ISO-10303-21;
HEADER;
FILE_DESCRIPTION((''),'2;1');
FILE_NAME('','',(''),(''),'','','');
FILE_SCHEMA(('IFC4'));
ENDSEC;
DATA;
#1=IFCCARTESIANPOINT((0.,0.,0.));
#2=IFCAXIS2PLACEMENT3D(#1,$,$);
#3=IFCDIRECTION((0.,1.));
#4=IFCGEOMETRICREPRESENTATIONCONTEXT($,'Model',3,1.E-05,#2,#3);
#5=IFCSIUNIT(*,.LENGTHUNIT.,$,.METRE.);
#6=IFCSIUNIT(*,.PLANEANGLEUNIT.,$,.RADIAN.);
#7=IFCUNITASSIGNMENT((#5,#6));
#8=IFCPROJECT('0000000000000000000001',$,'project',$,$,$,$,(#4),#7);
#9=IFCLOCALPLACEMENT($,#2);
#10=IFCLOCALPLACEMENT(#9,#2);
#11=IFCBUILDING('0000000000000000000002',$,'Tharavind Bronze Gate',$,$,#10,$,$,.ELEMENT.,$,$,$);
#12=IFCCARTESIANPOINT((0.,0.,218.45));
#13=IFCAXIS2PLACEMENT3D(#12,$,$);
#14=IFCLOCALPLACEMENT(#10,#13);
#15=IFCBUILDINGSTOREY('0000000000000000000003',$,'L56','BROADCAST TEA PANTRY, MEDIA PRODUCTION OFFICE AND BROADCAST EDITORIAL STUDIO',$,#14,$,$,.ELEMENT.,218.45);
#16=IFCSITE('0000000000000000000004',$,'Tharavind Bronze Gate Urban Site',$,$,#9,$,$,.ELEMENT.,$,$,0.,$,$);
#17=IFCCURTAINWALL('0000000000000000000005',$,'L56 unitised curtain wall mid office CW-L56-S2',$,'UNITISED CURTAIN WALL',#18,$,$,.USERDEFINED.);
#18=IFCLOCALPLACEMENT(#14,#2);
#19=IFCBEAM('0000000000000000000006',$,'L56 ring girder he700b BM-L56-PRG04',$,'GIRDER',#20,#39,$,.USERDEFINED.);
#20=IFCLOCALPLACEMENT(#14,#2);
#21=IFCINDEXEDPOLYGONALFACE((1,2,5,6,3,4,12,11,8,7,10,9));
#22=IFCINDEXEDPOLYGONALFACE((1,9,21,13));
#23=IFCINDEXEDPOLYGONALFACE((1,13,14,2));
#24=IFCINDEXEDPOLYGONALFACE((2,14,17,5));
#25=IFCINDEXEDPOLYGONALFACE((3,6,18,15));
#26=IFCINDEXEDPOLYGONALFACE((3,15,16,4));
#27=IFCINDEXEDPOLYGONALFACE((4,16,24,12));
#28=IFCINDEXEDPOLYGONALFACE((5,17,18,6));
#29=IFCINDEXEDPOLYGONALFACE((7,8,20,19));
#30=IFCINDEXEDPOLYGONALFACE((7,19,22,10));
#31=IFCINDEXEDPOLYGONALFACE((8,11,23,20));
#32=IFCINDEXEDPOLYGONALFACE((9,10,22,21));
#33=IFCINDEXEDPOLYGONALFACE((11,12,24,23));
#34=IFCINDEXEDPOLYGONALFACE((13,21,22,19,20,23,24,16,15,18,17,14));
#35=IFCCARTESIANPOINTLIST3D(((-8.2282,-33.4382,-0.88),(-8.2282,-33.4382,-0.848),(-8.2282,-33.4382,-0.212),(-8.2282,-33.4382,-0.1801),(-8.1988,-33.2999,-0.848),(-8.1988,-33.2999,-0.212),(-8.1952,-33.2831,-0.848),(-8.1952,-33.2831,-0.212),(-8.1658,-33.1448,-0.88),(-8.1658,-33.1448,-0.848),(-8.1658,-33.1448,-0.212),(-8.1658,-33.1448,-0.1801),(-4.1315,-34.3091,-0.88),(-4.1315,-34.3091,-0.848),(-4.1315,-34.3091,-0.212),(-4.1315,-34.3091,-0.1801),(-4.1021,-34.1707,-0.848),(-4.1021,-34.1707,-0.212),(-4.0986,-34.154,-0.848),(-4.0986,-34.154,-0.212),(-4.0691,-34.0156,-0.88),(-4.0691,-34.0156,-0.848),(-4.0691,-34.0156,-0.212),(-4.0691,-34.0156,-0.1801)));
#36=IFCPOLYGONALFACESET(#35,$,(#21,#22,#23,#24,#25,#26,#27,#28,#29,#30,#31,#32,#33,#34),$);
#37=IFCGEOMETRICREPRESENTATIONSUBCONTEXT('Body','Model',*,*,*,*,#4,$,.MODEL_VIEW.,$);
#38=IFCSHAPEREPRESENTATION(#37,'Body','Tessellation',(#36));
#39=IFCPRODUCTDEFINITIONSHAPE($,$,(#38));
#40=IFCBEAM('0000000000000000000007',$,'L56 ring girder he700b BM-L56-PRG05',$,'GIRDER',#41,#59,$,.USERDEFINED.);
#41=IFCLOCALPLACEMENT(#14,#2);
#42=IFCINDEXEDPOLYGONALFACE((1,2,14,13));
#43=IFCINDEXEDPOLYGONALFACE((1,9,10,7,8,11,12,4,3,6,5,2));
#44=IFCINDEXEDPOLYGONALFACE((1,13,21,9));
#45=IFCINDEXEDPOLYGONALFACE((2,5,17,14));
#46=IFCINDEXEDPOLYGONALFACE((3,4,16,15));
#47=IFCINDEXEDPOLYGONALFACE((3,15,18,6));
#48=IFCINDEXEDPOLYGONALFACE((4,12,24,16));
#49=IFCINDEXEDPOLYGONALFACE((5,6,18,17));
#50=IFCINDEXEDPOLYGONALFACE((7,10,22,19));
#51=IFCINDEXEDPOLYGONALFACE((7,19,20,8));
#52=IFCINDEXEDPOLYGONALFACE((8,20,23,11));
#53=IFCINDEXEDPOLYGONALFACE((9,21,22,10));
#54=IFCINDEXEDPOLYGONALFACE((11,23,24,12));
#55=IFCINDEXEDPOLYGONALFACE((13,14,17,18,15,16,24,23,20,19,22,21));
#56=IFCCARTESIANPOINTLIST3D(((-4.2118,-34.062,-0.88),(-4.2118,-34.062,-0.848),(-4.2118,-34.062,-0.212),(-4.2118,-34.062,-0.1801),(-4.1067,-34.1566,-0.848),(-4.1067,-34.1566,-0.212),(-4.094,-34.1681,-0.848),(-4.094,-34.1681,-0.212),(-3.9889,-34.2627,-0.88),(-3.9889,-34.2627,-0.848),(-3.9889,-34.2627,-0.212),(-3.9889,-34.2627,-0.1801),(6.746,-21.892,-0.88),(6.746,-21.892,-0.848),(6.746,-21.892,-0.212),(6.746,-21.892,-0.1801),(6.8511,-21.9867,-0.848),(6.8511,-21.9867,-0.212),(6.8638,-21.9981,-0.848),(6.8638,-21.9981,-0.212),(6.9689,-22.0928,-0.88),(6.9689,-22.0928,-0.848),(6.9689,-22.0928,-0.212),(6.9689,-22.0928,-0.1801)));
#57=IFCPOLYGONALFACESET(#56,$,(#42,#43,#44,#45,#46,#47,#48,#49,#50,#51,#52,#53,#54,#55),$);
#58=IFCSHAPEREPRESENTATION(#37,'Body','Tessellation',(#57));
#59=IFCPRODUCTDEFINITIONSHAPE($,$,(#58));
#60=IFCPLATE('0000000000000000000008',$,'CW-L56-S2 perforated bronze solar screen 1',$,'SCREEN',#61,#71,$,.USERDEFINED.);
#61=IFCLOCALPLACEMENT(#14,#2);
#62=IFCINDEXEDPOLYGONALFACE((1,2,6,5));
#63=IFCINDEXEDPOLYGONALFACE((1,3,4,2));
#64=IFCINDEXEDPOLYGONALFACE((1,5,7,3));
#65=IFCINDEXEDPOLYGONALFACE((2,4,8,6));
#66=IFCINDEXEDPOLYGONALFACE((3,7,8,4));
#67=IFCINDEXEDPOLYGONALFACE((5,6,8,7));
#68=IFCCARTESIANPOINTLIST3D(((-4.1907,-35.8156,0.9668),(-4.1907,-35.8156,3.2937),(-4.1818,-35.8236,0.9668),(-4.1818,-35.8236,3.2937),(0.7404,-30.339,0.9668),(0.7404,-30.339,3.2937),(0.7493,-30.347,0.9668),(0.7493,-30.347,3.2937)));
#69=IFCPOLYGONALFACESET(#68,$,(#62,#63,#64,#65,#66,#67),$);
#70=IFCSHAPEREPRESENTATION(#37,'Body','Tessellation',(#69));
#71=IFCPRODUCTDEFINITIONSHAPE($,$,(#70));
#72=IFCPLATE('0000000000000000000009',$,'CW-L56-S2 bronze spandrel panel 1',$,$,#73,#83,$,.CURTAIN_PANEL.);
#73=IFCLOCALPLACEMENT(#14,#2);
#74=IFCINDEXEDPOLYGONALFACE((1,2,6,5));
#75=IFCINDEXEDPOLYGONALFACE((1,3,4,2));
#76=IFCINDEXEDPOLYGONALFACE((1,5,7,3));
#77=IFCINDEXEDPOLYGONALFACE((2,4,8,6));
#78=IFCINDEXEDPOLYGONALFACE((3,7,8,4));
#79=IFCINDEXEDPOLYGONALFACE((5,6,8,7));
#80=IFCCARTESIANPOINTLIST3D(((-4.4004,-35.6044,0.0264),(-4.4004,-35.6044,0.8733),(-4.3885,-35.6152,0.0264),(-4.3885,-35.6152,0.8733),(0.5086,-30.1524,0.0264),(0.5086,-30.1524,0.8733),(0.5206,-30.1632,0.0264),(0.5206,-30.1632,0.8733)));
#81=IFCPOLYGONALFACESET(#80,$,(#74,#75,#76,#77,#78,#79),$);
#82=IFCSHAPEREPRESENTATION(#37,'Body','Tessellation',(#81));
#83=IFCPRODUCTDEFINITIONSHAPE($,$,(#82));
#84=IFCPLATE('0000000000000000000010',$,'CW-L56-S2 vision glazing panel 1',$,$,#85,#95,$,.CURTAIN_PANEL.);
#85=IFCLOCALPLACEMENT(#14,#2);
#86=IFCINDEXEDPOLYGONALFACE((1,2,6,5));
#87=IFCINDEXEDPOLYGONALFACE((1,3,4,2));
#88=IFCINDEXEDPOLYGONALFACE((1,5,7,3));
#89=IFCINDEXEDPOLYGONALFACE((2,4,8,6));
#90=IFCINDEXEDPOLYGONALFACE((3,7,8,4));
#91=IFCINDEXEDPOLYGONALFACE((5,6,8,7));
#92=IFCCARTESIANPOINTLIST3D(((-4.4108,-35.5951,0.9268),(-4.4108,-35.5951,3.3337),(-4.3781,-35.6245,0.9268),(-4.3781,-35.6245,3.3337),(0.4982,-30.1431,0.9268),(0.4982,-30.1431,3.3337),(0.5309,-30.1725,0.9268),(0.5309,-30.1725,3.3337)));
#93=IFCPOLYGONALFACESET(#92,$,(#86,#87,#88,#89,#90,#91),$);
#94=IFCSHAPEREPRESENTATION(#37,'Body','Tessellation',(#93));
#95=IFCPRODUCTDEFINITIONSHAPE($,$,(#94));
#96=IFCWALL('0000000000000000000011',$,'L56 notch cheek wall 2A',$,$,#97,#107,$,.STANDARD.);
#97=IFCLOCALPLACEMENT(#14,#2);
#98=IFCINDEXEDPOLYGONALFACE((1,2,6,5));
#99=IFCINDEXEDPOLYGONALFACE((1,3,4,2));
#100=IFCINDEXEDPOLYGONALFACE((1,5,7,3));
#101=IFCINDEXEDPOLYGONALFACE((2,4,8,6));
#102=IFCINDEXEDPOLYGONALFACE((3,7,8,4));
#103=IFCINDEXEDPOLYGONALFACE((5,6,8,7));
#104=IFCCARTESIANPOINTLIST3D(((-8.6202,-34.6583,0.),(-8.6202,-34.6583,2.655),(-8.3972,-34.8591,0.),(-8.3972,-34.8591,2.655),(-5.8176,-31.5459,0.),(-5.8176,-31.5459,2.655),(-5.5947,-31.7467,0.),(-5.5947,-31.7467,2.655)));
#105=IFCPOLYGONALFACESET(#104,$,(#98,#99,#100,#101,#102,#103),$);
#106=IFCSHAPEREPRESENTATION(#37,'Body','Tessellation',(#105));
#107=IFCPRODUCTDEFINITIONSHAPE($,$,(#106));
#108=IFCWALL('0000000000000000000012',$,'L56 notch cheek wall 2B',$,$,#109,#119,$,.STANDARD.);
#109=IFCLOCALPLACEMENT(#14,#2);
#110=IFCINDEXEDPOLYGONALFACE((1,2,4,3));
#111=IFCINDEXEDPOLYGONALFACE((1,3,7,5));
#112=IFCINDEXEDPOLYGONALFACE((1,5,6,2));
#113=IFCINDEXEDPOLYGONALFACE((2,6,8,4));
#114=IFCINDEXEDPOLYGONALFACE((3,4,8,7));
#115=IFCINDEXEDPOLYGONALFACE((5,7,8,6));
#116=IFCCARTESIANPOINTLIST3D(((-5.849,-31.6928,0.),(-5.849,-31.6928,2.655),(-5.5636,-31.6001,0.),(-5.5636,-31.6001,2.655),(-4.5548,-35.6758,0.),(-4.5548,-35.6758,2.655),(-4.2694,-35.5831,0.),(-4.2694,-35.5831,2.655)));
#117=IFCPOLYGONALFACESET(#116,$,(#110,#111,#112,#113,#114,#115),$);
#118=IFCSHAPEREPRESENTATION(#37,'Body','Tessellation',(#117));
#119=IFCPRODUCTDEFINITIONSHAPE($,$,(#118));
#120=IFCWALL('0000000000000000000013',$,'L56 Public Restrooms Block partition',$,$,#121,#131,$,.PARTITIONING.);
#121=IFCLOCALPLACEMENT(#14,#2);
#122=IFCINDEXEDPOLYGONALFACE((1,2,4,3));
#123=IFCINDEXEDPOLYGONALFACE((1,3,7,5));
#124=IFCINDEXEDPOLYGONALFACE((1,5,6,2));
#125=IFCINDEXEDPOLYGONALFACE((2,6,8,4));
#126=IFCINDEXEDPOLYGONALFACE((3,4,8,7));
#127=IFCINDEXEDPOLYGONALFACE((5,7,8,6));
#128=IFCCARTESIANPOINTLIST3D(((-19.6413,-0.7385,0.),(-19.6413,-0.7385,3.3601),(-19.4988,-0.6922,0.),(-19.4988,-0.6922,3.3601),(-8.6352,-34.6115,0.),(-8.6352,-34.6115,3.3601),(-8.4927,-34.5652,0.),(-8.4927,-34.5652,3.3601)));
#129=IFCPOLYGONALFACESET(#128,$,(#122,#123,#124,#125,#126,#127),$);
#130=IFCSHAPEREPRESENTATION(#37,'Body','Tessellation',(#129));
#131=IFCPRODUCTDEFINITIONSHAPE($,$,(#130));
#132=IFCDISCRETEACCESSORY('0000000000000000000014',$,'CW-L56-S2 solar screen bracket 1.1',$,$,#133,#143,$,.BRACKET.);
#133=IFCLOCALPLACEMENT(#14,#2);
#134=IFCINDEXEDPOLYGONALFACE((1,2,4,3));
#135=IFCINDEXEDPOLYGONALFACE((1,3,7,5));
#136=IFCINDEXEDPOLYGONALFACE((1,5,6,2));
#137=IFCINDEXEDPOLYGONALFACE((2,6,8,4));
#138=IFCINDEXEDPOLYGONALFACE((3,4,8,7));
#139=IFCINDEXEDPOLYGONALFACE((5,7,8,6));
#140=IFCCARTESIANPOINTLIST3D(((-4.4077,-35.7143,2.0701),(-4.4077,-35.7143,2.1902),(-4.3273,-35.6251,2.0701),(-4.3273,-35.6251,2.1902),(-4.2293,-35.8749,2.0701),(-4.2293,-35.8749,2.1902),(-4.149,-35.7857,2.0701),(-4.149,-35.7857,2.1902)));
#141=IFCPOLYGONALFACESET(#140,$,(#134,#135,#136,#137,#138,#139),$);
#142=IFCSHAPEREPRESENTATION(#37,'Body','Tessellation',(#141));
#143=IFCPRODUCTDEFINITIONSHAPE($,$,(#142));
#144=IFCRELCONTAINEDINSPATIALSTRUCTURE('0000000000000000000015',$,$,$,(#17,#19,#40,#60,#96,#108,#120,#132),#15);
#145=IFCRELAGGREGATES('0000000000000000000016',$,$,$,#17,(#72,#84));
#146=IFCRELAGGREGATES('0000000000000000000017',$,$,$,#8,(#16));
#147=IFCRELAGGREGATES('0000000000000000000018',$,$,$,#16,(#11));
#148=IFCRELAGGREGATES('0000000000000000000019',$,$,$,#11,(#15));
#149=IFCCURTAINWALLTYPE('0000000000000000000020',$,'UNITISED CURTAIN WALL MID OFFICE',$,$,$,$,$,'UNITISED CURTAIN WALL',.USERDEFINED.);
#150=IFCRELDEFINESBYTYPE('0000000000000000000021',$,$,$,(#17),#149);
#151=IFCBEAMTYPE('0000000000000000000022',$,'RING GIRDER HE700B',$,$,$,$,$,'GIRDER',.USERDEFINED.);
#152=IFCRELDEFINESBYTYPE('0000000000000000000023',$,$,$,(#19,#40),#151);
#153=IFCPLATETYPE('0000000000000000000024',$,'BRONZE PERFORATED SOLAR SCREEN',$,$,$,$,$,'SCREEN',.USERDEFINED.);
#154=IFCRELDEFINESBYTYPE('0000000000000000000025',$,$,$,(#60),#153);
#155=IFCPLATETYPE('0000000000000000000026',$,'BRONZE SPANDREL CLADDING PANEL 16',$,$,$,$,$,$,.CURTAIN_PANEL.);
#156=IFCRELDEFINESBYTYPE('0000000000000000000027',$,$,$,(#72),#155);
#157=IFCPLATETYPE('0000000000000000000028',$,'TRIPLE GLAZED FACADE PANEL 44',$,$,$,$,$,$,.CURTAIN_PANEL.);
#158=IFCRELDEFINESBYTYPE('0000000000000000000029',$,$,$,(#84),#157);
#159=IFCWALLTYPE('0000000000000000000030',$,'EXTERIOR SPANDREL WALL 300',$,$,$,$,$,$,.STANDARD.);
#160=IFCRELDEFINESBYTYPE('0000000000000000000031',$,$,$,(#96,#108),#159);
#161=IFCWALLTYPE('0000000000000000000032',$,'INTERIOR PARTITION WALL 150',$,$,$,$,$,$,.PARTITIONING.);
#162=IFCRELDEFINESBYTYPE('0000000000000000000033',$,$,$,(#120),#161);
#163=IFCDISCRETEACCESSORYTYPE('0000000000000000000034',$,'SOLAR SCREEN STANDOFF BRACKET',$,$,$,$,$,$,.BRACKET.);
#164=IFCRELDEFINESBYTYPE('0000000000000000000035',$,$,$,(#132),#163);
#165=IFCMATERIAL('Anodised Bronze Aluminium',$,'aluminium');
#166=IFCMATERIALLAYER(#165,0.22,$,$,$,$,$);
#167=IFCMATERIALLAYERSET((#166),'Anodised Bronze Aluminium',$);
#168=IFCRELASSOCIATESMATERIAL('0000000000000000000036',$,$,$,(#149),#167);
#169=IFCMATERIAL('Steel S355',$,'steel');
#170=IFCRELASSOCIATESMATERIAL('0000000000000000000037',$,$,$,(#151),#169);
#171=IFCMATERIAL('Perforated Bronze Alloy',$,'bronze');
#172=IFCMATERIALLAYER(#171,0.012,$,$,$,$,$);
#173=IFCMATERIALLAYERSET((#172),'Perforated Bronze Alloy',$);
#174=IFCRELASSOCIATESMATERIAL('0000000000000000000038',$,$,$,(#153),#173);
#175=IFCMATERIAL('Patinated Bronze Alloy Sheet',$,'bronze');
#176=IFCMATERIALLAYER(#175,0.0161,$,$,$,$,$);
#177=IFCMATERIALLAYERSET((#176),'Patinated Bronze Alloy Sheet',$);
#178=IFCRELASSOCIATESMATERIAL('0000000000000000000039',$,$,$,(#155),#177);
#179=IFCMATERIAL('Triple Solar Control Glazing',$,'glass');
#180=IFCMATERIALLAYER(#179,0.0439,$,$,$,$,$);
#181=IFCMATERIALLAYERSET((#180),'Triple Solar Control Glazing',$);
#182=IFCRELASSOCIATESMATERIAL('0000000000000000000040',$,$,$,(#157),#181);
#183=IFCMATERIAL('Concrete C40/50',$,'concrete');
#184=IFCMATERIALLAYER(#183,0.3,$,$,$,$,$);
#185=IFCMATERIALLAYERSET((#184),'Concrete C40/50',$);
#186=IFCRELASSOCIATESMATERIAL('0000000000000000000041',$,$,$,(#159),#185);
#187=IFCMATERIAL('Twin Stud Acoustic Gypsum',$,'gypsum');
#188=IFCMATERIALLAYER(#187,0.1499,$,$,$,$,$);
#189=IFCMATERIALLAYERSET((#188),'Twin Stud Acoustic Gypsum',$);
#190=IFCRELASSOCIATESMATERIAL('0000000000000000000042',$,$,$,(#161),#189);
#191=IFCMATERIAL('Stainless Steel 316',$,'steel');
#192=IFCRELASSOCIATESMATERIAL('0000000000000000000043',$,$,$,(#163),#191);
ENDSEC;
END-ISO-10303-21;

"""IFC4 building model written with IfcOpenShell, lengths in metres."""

from ifc_helpers import new_model, si_unit, direction, frame, frame_2d, origin, origin_2d, place, context, subcontext, project, spatial, rectangle, i_section, extrude, material, layer, layer_set, material_profile, profile_set, type_object, element, aggregate, save


model = new_model("IFC4")

# Units and contexts
model_context = context("Model", 3, precision=1e-05, world=origin(), true_north=direction((0.0, 1.0)))
body_context = subcontext(model_context, "Body", "Model", "MODEL_VIEW")
ifc_project = project(units=[si_unit("LENGTHUNIT", "METRE"), si_unit("PLANEANGLEUNIT", "RADIAN")], contexts=[model_context])

# Site, building, storey
site_placement = place(None, origin())
site = spatial("IfcSite", under=ifc_project, at=site_placement, Name="Tharavind Bronze Gate Urban Site", CompositionType="ELEMENT", RefElevation=0.0)
building_placement = place(site_placement, origin())
building = spatial("IfcBuilding", under=site, at=building_placement, Name="Tharavind Bronze Gate", CompositionType="ELEMENT")
storey_placement = place(building_placement, frame((0.0, 0.0, 218.45)))
storey = spatial("IfcBuildingStorey", under=building, at=storey_placement, Name="L56", Description="BROADCAST TEA PANTRY, MEDIA PRODUCTION OFFICE AND BROADCAST EDITORIAL STUDIO", CompositionType="ELEMENT", Elevation=218.45)

# Curtain wall
ifc_material_1 = material(Name="Anodised Bronze Aluminium", Category="aluminium")
ifc_layer_1 = layer(ifc_material_1, 0.22)
ifc_layer_set_1 = layer_set([ifc_layer_1], Name="Anodised Bronze Aluminium")
curtain_wall_type = type_object("IfcCurtainWallType", Name="UNITISED CURTAIN WALL MID OFFICE", ElementType="UNITISED CURTAIN WALL", PredefinedType="USERDEFINED", material=ifc_layer_set_1)
curtain_wall_1_placement = place(storey_placement, origin())
curtain_wall_1 = element("IfcCurtainWall", 1, at=curtain_wall_1_placement, inside=storey, type_object=curtain_wall_type, Name="L56 unitised curtain wall mid office CW-L56-S2", ObjectType="UNITISED CURTAIN WALL", PredefinedType="USERDEFINED")

# Beams
ifc_material_2 = material(Name="Steel S355", Category="steel")
ifc_material_profile_1 = material_profile(ifc_material_2, i_section(OverallWidth=0.3, OverallDepth=0.7, WebThickness=0.0171, FlangeThickness=0.032, at=origin_2d()), Name="HE700B")
ifc_profile_set_1 = profile_set([ifc_material_profile_1], Name="Steel S355")
beam_type_1 = type_object("IfcBeamType", Name="RING GIRDER HE700B", ElementType="GIRDER", PredefinedType="USERDEFINED", material=ifc_profile_set_1)
beam_1_placement = place(storey_placement, frame((-8.197, -33.2915, -0.53), z_axis=(0.978144, -0.207928, 0.0), x_axis=(0.207928, 0.978144, 0.0)))
element("IfcBeam", 2, at=beam_1_placement, inside=storey, type_object=beam_type_1, Name="L56 ring girder he700b BM-L56-PRG04", ObjectType="GIRDER", PredefinedType="USERDEFINED", context=body_context, shape_type="SweptSolid", body=[
    extrude(i_section(OverallWidth=0.3, OverallDepth=0.7, WebThickness=0.0171, FlangeThickness=0.032, at=origin_2d()), origin(), (0.0, 0.0, 1.0), 4.1882),
])
beam_2_placement = place(storey_placement, frame((-4.1003, -34.1624, -0.53), z_axis=(0.669128, 0.743147, 0.0), x_axis=(-0.743147, 0.669128, 0.0)))
element("IfcBeam", 3, at=beam_2_placement, inside=storey, type_object=beam_type_1, Name="L56 ring girder he700b BM-L56-PRG05", ObjectType="GIRDER", PredefinedType="USERDEFINED", context=body_context, shape_type="SweptSolid", body=[
    extrude(i_section(OverallWidth=0.3, OverallDepth=0.7, WebThickness=0.0171, FlangeThickness=0.032, at=origin_2d()), origin(), (0.0, 0.0, 1.0), 16.3762),
])

# Plates
ifc_material_3 = material(Name="Perforated Bronze Alloy", Category="bronze")
ifc_layer_2 = layer(ifc_material_3, 0.012)
ifc_layer_set_2 = layer_set([ifc_layer_2], Name="Perforated Bronze Alloy")
plate_type_1 = type_object("IfcPlateType", Name="BRONZE PERFORATED SOLAR SCREEN", ElementType="SCREEN", PredefinedType="USERDEFINED", material=ifc_layer_set_2)
plate_1_placement = place(storey_placement, frame((-1.7207, -33.0813, 0.9668), z_axis=(0.0, 0.0, 1.0), x_axis=(0.669131, 0.743145, 0.0)))
element("IfcPlate", 4, at=plate_1_placement, inside=storey, type_object=plate_type_1, Name="CW-L56-S2 perforated bronze solar screen 1", ObjectType="SCREEN", PredefinedType="USERDEFINED", context=body_context, shape_type="SweptSolid", body=[
    extrude(rectangle(XDim=7.3694, YDim=0.012, at=origin_2d()), origin(), (0.0, 0.0, 1.0), 2.3269),
])
ifc_material_4 = material(Name="Patinated Bronze Alloy Sheet", Category="bronze")
ifc_layer_3 = layer(ifc_material_4, 0.0161)
ifc_layer_set_3 = layer_set([ifc_layer_3], Name="Patinated Bronze Alloy Sheet")
plate_type_2 = type_object("IfcPlateType", Name="BRONZE SPANDREL CLADDING PANEL 16", PredefinedType="CURTAIN_PANEL", material=ifc_layer_set_3)
plate_2_placement = place(storey_placement, frame((-1.9399, -32.8838, 0.0264), z_axis=(0.0, 0.0, 1.0), x_axis=(0.669131, 0.743145, 0.0)))
plate_2 = element("IfcPlate", 5, at=plate_2_placement, type_object=plate_type_2, Name="CW-L56-S2 bronze spandrel panel 1", PredefinedType="CURTAIN_PANEL", context=body_context, shape_type="SweptSolid", body=[
    extrude(rectangle(XDim=7.3364, YDim=0.0161, at=origin_2d()), origin(), (0.0, 0.0, 1.0), 0.8469),
])
ifc_material_5 = material(Name="Triple Solar Control Glazing", Category="glass")
ifc_layer_4 = layer(ifc_material_5, 0.0439)
ifc_layer_set_4 = layer_set([ifc_layer_4], Name="Triple Solar Control Glazing")
plate_type_3 = type_object("IfcPlateType", Name="TRIPLE GLAZED FACADE PANEL 44", PredefinedType="CURTAIN_PANEL", material=ifc_layer_set_4)
plate_3_placement = place(storey_placement, frame((-1.9399, -32.8838, 0.9268), z_axis=(0.0, 0.0, 1.0), x_axis=(0.669131, 0.743145, 0.0)))
plate_3 = element("IfcPlate", 6, at=plate_3_placement, type_object=plate_type_3, Name="CW-L56-S2 vision glazing panel 1", PredefinedType="CURTAIN_PANEL", context=body_context, shape_type="SweptSolid", body=[
    extrude(rectangle(XDim=7.3364, YDim=0.0439, at=origin_2d()), origin(), (0.0, 0.0, 1.0), 2.407),
])
aggregate(curtain_wall_1, [plate_2, plate_3])

# Walls
ifc_material_6 = material(Name="Concrete C40/50", Category="concrete")
ifc_layer_5 = layer(ifc_material_6, 0.3)
ifc_layer_set_5 = layer_set([ifc_layer_5], Name="Concrete C40/50")
wall_type_1 = type_object("IfcWallType", Name="EXTERIOR SPANDREL WALL 300", PredefinedType="STANDARD", material=ifc_layer_set_5)
wall_1_placement = place(storey_placement, frame((-8.5088, -34.7588, 0.0), z_axis=(0.0, 0.0, 1.0), x_axis=(0.669152, 0.743126, 0.0)))
element("IfcWall", 7, at=wall_1_placement, inside=storey, type_object=wall_type_1, Name="L56 notch cheek wall 2A", PredefinedType="STANDARD", context=body_context, shape_type="SweptSolid", body=[
    extrude(rectangle(XDim=4.1882, YDim=0.3, at=frame_2d((2.0942, 0.0))), origin(), (0.0, 0.0, 1.0), 2.655),
])
wall_2_placement = place(storey_placement, frame((-5.7063, -31.6465, 0.0), z_axis=(0.0, 0.0, 1.0), x_axis=(0.309031, -0.951052, 0.0)))
element("IfcWall", 8, at=wall_2_placement, inside=storey, type_object=wall_type_1, Name="L56 notch cheek wall 2B", PredefinedType="STANDARD", context=body_context, shape_type="SweptSolid", body=[
    extrude(rectangle(XDim=4.188, YDim=0.3, at=frame_2d((2.094, 0.0))), origin(), (0.0, 0.0, 1.0), 2.655),
])
ifc_material_7 = material(Name="Twin Stud Acoustic Gypsum", Category="gypsum")
ifc_layer_6 = layer(ifc_material_7, 0.1499)
ifc_layer_set_6 = layer_set([ifc_layer_6], Name="Twin Stud Acoustic Gypsum")
wall_type_2 = type_object("IfcWallType", Name="INTERIOR PARTITION WALL 150", PredefinedType="PARTITIONING", material=ifc_layer_set_6)
wall_3_placement = place(storey_placement, frame((-8.564, -34.5884, 0.0), z_axis=(0.0, 0.0, 1.0), x_axis=(-0.309019, 0.951056, 0.0)))
element("IfcWall", 9, at=wall_3_placement, inside=storey, type_object=wall_type_2, Name="L56 Public Restrooms Block partition", PredefinedType="PARTITIONING", context=body_context, shape_type="SweptSolid", body=[
    extrude(rectangle(XDim=35.6162, YDim=0.1499, at=frame_2d((17.8081, 0.0))), origin(), (0.0, 0.0, 1.0), 3.3601),
])

# Discrete accessory
ifc_material_8 = material(Name="Stainless Steel 316", Category="steel")
discrete_accessory_type = type_object("IfcDiscreteAccessoryType", Name="SOLAR SCREEN STANDOFF BRACKET", PredefinedType="BRACKET", material=ifc_material_8)
discrete_accessory_placement = place(storey_placement, frame((-4.2783, -35.75, 2.0701), z_axis=(0.0, 0.0, 1.0), x_axis=(0.669131, 0.743145, 0.0)))
element("IfcDiscreteAccessory", 10, at=discrete_accessory_placement, inside=storey, type_object=discrete_accessory_type, Name="CW-L56-S2 solar screen bracket 1.1", PredefinedType="BRACKET", context=body_context, shape_type="SweptSolid", body=[
    extrude(rectangle(XDim=0.1201, YDim=0.24, at=origin_2d()), origin(), (0.0, 0.0, 1.0), 0.1201),
])

save(model, "model.ifc")
